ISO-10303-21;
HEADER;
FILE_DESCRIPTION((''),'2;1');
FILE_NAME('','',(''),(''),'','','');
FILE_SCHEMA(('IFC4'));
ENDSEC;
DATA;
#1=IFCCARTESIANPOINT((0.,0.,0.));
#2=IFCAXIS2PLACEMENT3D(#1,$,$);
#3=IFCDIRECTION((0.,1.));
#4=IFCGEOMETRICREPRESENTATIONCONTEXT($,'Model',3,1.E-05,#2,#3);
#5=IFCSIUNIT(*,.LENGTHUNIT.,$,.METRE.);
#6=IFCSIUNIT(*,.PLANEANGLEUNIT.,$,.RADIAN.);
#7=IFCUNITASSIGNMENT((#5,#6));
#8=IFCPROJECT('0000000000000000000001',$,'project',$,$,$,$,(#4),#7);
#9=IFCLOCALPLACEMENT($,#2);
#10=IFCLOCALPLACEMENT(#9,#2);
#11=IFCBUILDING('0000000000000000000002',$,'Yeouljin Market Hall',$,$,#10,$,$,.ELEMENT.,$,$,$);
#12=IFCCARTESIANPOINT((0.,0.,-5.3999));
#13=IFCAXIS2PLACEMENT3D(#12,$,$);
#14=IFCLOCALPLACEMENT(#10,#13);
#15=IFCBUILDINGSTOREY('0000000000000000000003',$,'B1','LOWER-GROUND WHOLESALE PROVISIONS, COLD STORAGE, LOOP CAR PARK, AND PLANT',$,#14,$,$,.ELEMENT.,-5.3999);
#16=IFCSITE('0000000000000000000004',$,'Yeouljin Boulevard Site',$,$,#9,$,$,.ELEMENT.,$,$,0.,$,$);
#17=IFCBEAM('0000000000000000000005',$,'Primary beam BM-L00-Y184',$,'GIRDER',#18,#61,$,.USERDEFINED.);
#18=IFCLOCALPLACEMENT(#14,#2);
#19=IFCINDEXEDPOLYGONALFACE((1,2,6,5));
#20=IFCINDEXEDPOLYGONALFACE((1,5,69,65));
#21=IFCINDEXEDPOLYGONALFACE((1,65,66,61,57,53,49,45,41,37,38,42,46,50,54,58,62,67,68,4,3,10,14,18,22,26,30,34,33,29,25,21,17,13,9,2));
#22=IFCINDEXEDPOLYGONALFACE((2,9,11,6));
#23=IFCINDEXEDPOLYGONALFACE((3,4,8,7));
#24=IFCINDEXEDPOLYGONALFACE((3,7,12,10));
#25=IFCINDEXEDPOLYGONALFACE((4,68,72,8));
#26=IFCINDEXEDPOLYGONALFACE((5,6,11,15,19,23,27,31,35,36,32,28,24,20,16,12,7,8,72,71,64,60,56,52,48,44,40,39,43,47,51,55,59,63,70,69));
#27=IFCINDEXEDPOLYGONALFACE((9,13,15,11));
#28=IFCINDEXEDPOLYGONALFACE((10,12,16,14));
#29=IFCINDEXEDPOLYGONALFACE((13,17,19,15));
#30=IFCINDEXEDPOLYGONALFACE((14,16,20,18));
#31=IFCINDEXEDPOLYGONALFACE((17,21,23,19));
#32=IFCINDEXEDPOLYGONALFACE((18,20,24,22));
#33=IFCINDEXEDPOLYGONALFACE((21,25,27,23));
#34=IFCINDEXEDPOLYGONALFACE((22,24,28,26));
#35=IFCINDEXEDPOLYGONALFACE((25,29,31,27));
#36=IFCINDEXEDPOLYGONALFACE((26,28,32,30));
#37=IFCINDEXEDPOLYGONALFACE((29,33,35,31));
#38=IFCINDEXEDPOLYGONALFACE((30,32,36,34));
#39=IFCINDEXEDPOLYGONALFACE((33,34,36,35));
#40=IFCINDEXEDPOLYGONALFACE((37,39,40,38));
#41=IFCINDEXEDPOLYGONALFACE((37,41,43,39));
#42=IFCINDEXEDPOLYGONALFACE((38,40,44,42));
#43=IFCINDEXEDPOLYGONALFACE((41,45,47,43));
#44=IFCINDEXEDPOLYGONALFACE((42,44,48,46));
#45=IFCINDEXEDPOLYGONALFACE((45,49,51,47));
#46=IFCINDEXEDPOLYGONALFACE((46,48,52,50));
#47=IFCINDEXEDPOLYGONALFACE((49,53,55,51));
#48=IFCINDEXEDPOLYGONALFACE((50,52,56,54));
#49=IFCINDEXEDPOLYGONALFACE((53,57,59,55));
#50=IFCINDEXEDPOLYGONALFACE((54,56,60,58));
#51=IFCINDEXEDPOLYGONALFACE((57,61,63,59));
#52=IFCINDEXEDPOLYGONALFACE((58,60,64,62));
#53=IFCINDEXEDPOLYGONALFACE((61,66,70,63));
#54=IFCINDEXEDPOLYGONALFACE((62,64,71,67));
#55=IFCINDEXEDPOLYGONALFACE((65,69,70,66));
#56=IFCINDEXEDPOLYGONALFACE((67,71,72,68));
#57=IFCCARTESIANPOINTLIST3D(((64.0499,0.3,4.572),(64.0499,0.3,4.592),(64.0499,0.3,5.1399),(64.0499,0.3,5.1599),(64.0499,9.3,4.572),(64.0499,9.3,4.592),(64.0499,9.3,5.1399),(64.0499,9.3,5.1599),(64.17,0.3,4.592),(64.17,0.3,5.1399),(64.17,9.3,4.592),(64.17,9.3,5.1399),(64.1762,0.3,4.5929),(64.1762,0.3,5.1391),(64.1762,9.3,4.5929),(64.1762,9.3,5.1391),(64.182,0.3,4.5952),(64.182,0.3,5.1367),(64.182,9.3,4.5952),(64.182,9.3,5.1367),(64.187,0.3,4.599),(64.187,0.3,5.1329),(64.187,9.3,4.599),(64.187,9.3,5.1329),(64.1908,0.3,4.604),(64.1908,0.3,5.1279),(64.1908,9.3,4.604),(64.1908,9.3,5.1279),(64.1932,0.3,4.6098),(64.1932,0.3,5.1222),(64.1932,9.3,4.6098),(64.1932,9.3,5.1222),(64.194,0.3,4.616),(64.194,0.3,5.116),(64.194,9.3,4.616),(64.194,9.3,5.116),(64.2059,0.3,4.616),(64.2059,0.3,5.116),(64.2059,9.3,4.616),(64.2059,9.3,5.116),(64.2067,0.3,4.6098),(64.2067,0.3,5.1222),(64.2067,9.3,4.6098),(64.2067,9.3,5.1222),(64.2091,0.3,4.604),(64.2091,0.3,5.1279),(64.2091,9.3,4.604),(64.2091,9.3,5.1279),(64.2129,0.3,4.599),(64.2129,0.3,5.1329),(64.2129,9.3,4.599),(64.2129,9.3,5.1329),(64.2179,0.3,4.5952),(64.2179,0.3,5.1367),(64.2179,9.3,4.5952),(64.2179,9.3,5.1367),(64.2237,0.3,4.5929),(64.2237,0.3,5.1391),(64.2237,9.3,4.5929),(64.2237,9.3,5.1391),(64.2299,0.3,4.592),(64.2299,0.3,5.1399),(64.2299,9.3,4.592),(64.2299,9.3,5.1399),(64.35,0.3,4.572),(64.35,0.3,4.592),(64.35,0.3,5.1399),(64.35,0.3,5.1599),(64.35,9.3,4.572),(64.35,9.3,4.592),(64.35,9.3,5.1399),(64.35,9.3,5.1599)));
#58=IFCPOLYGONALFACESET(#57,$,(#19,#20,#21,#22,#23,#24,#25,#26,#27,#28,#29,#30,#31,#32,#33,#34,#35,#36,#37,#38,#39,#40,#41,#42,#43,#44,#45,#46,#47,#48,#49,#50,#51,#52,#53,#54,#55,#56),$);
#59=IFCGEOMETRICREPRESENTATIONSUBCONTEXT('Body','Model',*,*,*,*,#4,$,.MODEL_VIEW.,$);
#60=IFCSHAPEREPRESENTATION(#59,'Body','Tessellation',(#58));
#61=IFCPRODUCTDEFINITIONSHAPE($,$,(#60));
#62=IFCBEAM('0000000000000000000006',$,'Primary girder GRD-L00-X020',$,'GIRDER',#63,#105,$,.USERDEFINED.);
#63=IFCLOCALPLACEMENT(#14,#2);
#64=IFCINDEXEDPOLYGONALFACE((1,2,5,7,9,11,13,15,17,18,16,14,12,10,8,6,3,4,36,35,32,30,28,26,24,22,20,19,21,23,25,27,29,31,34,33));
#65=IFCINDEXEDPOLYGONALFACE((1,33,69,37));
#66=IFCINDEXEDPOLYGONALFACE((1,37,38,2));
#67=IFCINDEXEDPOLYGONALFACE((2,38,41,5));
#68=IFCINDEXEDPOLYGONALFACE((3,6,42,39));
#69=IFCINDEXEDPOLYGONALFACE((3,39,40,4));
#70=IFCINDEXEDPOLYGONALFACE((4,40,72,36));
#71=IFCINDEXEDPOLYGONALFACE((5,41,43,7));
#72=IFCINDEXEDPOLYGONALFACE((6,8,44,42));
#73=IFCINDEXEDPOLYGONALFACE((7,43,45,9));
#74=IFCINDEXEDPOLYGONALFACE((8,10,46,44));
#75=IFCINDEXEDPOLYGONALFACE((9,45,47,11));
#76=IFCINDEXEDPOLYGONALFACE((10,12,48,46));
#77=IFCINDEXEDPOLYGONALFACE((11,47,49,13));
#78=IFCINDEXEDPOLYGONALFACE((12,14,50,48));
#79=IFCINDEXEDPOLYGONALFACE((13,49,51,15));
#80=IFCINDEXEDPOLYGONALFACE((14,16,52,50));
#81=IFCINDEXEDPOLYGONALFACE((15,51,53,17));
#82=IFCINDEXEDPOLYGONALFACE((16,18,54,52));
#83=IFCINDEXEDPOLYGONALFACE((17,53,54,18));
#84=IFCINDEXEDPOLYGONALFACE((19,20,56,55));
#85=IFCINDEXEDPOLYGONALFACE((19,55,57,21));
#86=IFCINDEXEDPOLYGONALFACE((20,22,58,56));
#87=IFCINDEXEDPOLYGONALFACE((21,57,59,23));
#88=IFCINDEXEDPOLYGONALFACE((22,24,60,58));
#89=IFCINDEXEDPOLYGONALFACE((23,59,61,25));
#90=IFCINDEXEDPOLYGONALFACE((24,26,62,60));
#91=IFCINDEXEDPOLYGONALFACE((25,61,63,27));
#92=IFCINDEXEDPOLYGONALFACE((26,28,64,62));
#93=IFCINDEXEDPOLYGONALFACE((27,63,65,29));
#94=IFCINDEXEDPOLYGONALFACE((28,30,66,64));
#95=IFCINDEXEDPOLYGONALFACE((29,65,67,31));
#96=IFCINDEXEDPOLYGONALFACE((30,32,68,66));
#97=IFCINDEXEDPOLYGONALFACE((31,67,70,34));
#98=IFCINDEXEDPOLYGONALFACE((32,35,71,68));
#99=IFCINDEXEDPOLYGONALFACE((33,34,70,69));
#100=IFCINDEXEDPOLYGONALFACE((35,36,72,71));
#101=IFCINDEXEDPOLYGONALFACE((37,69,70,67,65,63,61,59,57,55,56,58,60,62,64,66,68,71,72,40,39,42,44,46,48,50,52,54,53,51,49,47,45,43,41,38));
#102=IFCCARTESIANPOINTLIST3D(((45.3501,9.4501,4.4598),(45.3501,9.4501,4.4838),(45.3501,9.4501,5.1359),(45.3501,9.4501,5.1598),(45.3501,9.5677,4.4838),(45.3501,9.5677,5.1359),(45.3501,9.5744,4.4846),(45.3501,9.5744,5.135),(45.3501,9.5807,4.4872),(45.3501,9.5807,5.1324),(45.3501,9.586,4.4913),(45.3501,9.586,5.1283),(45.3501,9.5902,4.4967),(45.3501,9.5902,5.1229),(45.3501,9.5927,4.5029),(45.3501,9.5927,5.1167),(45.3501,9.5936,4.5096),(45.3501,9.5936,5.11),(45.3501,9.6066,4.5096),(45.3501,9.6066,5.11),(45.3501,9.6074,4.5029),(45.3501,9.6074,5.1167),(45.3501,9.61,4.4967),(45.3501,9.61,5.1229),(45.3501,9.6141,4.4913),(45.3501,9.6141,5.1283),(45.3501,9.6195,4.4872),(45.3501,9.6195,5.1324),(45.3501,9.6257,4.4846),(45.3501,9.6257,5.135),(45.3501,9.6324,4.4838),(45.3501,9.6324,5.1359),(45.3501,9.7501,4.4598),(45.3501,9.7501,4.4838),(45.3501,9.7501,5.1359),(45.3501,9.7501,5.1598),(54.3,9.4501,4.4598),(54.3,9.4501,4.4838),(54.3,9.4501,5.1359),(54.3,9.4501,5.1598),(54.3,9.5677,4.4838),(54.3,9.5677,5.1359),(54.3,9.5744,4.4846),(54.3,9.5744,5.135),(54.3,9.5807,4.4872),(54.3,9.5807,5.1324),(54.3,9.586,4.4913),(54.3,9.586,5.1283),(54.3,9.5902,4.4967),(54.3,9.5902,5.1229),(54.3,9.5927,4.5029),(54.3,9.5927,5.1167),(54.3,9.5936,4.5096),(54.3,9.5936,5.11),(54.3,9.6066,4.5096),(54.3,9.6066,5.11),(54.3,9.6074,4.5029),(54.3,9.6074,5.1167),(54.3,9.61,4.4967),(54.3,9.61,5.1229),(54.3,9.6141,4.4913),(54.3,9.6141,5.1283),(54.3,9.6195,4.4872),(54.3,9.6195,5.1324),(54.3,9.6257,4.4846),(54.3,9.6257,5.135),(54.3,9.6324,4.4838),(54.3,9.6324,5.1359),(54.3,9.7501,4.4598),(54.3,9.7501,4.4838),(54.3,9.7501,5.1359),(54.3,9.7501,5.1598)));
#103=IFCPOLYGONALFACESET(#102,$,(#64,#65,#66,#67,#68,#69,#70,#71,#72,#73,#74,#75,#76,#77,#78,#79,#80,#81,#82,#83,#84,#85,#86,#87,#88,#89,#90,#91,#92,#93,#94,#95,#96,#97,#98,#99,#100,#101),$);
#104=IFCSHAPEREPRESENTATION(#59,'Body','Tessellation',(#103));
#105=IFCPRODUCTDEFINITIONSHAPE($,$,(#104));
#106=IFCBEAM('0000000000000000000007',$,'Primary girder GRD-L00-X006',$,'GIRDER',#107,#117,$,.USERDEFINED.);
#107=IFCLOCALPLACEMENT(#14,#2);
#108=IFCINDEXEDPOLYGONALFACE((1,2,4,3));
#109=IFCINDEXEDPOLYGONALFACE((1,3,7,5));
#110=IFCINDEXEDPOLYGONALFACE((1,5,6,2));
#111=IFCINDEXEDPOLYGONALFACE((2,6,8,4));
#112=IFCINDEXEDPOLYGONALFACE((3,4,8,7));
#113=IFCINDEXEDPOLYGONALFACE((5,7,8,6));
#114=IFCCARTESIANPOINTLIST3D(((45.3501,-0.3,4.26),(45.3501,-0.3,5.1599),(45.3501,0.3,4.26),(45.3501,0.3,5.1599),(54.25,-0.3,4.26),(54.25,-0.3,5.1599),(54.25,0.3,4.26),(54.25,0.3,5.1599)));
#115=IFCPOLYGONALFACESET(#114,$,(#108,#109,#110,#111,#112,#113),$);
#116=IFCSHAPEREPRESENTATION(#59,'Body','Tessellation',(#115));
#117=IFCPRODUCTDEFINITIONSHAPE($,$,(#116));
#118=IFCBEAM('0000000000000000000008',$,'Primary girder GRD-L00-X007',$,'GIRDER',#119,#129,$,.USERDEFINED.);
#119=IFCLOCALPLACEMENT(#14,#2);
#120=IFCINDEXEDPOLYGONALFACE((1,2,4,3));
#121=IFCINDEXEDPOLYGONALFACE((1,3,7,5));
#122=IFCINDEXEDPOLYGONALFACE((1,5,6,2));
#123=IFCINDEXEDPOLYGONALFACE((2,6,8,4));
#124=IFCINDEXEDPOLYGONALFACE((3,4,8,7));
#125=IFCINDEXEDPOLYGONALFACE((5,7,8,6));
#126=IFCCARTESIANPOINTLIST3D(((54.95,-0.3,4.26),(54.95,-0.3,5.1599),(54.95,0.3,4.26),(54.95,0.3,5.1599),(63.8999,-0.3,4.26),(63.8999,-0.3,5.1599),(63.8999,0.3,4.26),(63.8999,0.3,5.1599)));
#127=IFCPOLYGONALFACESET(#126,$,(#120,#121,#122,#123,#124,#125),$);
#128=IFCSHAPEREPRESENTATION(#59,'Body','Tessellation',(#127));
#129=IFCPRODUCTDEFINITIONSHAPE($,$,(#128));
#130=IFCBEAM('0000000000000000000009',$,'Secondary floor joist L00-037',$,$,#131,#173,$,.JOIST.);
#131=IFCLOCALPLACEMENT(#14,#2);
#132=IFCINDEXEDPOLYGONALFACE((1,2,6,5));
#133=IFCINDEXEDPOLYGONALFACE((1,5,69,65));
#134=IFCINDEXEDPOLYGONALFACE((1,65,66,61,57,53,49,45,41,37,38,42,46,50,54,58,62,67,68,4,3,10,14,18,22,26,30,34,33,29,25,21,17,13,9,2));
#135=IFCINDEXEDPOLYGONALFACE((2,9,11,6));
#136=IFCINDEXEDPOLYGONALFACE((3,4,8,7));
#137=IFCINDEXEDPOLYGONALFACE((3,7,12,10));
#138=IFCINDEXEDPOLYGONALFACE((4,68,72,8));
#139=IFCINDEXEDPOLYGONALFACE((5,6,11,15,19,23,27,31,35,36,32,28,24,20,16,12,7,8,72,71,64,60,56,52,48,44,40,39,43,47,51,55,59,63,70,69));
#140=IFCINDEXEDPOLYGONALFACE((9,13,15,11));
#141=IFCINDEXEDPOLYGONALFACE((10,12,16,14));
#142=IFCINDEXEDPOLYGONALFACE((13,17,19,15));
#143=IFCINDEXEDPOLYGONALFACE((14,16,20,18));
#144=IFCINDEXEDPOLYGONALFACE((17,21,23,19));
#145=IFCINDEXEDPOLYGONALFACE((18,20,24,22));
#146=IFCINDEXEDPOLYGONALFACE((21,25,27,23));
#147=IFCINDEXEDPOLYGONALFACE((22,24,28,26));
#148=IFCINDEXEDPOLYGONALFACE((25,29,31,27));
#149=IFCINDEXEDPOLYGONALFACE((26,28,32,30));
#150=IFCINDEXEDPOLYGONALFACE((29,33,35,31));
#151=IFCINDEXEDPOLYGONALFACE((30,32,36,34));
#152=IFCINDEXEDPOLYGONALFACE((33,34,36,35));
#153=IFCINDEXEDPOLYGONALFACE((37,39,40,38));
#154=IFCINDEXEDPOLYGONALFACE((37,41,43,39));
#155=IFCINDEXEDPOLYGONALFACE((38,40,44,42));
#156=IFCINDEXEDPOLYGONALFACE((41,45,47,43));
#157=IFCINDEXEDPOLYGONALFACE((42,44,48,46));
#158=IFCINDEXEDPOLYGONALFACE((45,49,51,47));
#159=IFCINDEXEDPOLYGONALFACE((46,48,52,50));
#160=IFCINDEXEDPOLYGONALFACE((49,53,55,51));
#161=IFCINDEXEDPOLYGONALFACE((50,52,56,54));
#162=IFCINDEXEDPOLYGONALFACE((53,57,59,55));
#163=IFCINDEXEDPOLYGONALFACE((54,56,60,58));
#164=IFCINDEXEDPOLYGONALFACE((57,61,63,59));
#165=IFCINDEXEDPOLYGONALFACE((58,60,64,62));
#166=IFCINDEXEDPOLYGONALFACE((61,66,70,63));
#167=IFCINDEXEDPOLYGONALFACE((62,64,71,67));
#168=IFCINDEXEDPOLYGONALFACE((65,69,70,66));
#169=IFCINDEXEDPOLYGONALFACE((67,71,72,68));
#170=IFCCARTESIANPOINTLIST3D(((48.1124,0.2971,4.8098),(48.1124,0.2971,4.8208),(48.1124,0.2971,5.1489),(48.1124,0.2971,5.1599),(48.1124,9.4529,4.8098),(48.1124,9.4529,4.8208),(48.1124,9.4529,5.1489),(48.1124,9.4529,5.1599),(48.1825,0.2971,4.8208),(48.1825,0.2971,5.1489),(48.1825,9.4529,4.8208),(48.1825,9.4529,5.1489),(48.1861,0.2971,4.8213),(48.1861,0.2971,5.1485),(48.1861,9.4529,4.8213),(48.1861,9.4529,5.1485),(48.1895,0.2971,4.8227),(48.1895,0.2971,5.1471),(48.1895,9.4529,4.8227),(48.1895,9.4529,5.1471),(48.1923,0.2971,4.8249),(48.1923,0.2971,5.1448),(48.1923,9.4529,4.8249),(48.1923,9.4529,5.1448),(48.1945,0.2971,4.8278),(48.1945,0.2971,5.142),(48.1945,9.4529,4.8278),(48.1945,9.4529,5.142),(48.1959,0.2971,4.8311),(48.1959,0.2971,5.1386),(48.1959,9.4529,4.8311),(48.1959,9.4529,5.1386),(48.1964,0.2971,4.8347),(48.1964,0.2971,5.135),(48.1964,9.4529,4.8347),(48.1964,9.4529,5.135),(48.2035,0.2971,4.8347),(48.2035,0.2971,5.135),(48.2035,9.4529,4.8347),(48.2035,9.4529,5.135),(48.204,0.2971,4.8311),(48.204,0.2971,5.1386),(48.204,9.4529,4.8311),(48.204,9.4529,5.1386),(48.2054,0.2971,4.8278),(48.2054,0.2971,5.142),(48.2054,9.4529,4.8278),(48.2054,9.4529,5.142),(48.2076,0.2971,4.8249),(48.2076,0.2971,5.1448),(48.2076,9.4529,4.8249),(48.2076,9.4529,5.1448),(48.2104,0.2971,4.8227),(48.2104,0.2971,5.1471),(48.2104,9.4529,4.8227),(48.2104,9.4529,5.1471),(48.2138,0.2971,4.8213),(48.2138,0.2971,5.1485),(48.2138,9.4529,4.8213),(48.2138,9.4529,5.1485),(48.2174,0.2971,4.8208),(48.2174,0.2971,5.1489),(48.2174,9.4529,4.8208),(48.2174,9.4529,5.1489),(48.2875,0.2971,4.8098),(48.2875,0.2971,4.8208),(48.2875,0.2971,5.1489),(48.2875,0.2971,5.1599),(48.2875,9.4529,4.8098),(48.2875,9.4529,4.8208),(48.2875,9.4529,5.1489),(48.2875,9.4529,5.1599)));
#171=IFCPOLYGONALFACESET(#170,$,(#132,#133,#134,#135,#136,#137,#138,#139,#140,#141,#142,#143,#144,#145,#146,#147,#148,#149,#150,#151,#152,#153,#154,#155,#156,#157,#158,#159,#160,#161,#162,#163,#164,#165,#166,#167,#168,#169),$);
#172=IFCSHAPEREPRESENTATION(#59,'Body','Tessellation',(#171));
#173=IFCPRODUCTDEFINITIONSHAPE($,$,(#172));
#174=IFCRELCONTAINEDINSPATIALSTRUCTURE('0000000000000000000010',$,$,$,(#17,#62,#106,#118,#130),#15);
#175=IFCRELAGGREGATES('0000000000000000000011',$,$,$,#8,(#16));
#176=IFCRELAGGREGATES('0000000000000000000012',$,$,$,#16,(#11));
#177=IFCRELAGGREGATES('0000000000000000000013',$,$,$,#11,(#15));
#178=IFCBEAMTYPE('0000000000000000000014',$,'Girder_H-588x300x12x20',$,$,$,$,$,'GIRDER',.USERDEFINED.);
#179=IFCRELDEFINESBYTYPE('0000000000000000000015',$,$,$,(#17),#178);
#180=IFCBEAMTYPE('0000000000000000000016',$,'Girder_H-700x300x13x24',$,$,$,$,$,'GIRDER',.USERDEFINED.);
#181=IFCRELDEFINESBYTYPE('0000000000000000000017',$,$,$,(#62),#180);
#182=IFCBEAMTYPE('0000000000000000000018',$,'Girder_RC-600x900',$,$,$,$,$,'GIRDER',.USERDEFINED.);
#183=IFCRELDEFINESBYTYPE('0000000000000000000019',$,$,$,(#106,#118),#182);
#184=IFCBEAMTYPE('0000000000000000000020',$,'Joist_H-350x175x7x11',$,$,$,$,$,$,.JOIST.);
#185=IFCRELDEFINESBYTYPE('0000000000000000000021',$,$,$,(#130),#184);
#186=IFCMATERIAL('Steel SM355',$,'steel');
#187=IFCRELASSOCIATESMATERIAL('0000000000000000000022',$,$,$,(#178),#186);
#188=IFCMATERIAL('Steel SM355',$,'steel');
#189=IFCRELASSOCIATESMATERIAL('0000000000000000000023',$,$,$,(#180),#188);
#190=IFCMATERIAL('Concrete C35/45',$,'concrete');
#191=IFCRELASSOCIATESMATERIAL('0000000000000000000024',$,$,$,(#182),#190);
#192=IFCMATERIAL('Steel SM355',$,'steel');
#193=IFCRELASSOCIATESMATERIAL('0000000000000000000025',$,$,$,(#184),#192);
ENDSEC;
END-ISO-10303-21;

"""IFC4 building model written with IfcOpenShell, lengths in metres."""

from ifc_helpers import new_model, si_unit, direction, frame, origin, origin_2d, place, context, subcontext, project, spatial, rectangle, i_section, extrude, material, material_profile, profile_set, type_object, element, save


model = new_model("IFC4")

# Units and contexts
model_context = context("Model", 3, precision=1e-05, world=origin(), true_north=direction((0.0, 1.0)))
body_context = subcontext(model_context, "Body", "Model", "MODEL_VIEW")
ifc_project = project(units=[si_unit("LENGTHUNIT", "METRE"), si_unit("PLANEANGLEUNIT", "RADIAN")], contexts=[model_context])

# Site, building, storey
site_placement = place(None, origin())
site = spatial("IfcSite", under=ifc_project, at=site_placement, Name="Yeouljin Boulevard Site", CompositionType="ELEMENT", RefElevation=0.0)
building_placement = place(site_placement, origin())
building = spatial("IfcBuilding", under=site, at=building_placement, Name="Yeouljin Market Hall", CompositionType="ELEMENT")
storey_placement = place(building_placement, frame((0.0, 0.0, -5.3999)))
storey = spatial("IfcBuildingStorey", under=building, at=storey_placement, Name="B1", Description="LOWER-GROUND WHOLESALE PROVISIONS, COLD STORAGE, LOOP CAR PARK, AND PLANT", CompositionType="ELEMENT", Elevation=-5.3999)

# Beams
ifc_material_1 = material(Name="Steel SM355", Category="steel")
ifc_material_profile_1 = material_profile(ifc_material_1, i_section(OverallWidth=0.3, OverallDepth=0.5879, WebThickness=0.012, FlangeThickness=0.02, FilletRadius=0.0239, at=origin_2d()), Name="H-588x300x12x20")
ifc_profile_set_1 = profile_set([ifc_material_profile_1], Name="Steel SM355")
beam_type_1 = type_object("IfcBeamType", Name="Girder_H-588x300x12x20", ElementType="GIRDER", PredefinedType="USERDEFINED", material=ifc_profile_set_1)
beam_1_placement = place(storey_placement, frame((64.2, 0.3, 4.866), z_axis=(0.0, 1.0, 0.0), x_axis=(-1.0, 0.0, 0.0)))
element("IfcBeam", 1, at=beam_1_placement, inside=storey, type_object=beam_type_1, Name="Primary beam BM-L00-Y184", ObjectType="GIRDER", PredefinedType="USERDEFINED", context=body_context, shape_type="SweptSolid", body=[
    extrude(i_section(OverallWidth=0.3, OverallDepth=0.5879, WebThickness=0.012, FlangeThickness=0.02, FilletRadius=0.0239, at=origin_2d()), origin(), (0.0, 0.0, 1.0), 9.0),
])
ifc_material_2 = material(Name="Steel SM355", Category="steel")
ifc_material_profile_2 = material_profile(ifc_material_2, i_section(OverallWidth=0.3, OverallDepth=0.7, WebThickness=0.0129, FlangeThickness=0.0239, FilletRadius=0.0259, at=origin_2d()), Name="H-700x300x13x24")
ifc_profile_set_2 = profile_set([ifc_material_profile_2], Name="Steel SM355")
beam_type_2 = type_object("IfcBeamType", Name="Girder_H-700x300x13x24", ElementType="GIRDER", PredefinedType="USERDEFINED", material=ifc_profile_set_2)
beam_2_placement = place(storey_placement, frame((45.3501, 9.6001, 4.8098), z_axis=(1.0, 0.0, 0.0), x_axis=(0.0, 1.0, 0.0)))
element("IfcBeam", 2, at=beam_2_placement, inside=storey, type_object=beam_type_2, Name="Primary girder GRD-L00-X020", ObjectType="GIRDER", PredefinedType="USERDEFINED", context=body_context, shape_type="SweptSolid", body=[
    extrude(i_section(OverallWidth=0.3, OverallDepth=0.7, WebThickness=0.0129, FlangeThickness=0.0239, FilletRadius=0.0259, at=origin_2d()), origin(), (0.0, 0.0, 1.0), 8.95),
])
ifc_material_3 = material(Name="Concrete C35/45", Category="concrete")
ifc_material_profile_3 = material_profile(ifc_material_3, rectangle(XDim=0.6001, YDim=0.8999, at=origin_2d()), Name="RC-600x900")
ifc_profile_set_3 = profile_set([ifc_material_profile_3], Name="Concrete C35/45")
beam_type_3 = type_object("IfcBeamType", Name="Girder_RC-600x900", ElementType="GIRDER", PredefinedType="USERDEFINED", material=ifc_profile_set_3)
beam_3_placement = place(storey_placement, frame((45.3501, 0.0, 4.71), z_axis=(1.0, 0.0, 0.0), x_axis=(0.0, 1.0, 0.0)))
element("IfcBeam", 3, at=beam_3_placement, inside=storey, type_object=beam_type_3, Name="Primary girder GRD-L00-X006", ObjectType="GIRDER", PredefinedType="USERDEFINED", context=body_context, shape_type="SweptSolid", body=[
    extrude(rectangle(XDim=0.6001, YDim=0.8999, at=origin_2d()), origin(), (0.0, 0.0, 1.0), 8.8999),
])
beam_4_placement = place(storey_placement, frame((54.95, 0.0, 4.71), z_axis=(1.0, 0.0, 0.0), x_axis=(0.0, 1.0, 0.0)))
element("IfcBeam", 4, at=beam_4_placement, inside=storey, type_object=beam_type_3, Name="Primary girder GRD-L00-X007", ObjectType="GIRDER", PredefinedType="USERDEFINED", context=body_context, shape_type="SweptSolid", body=[
    extrude(rectangle(XDim=0.6001, YDim=0.8999, at=origin_2d()), origin(), (0.0, 0.0, 1.0), 8.95),
])
ifc_material_4 = material(Name="Steel SM355", Category="steel")
ifc_material_profile_4 = material_profile(ifc_material_4, i_section(OverallWidth=0.175, OverallDepth=0.3501, WebThickness=0.0071, FlangeThickness=0.011, FilletRadius=0.0139, at=origin_2d()), Name="H-350x175x7x11")
ifc_profile_set_4 = profile_set([ifc_material_profile_4], Name="Steel SM355")
beam_type_4 = type_object("IfcBeamType", Name="Joist_H-350x175x7x11", PredefinedType="JOIST", material=ifc_profile_set_4)
for number, where, z_axis, x_axis, name in (
    (5, (48.2, 0.2971, 4.9849), (0.0, 1.0, 0.0), (-1.0, 0.0, 0.0), "Secondary floor joist L00-037"),
):
    element("IfcBeam", number, at=place(storey_placement, frame(where, z_axis=z_axis, x_axis=x_axis)), inside=storey, type_object=beam_type_4, Name=name, PredefinedType="JOIST", context=body_context, shape_type="SweptSolid", body=[
        extrude(i_section(OverallWidth=0.175, OverallDepth=0.3501, WebThickness=0.0071, FlangeThickness=0.011, FilletRadius=0.0139, at=origin_2d()), origin(), (0.0, 0.0, 1.0), 9.1558),
    ])

save(model, "model.ifc")
